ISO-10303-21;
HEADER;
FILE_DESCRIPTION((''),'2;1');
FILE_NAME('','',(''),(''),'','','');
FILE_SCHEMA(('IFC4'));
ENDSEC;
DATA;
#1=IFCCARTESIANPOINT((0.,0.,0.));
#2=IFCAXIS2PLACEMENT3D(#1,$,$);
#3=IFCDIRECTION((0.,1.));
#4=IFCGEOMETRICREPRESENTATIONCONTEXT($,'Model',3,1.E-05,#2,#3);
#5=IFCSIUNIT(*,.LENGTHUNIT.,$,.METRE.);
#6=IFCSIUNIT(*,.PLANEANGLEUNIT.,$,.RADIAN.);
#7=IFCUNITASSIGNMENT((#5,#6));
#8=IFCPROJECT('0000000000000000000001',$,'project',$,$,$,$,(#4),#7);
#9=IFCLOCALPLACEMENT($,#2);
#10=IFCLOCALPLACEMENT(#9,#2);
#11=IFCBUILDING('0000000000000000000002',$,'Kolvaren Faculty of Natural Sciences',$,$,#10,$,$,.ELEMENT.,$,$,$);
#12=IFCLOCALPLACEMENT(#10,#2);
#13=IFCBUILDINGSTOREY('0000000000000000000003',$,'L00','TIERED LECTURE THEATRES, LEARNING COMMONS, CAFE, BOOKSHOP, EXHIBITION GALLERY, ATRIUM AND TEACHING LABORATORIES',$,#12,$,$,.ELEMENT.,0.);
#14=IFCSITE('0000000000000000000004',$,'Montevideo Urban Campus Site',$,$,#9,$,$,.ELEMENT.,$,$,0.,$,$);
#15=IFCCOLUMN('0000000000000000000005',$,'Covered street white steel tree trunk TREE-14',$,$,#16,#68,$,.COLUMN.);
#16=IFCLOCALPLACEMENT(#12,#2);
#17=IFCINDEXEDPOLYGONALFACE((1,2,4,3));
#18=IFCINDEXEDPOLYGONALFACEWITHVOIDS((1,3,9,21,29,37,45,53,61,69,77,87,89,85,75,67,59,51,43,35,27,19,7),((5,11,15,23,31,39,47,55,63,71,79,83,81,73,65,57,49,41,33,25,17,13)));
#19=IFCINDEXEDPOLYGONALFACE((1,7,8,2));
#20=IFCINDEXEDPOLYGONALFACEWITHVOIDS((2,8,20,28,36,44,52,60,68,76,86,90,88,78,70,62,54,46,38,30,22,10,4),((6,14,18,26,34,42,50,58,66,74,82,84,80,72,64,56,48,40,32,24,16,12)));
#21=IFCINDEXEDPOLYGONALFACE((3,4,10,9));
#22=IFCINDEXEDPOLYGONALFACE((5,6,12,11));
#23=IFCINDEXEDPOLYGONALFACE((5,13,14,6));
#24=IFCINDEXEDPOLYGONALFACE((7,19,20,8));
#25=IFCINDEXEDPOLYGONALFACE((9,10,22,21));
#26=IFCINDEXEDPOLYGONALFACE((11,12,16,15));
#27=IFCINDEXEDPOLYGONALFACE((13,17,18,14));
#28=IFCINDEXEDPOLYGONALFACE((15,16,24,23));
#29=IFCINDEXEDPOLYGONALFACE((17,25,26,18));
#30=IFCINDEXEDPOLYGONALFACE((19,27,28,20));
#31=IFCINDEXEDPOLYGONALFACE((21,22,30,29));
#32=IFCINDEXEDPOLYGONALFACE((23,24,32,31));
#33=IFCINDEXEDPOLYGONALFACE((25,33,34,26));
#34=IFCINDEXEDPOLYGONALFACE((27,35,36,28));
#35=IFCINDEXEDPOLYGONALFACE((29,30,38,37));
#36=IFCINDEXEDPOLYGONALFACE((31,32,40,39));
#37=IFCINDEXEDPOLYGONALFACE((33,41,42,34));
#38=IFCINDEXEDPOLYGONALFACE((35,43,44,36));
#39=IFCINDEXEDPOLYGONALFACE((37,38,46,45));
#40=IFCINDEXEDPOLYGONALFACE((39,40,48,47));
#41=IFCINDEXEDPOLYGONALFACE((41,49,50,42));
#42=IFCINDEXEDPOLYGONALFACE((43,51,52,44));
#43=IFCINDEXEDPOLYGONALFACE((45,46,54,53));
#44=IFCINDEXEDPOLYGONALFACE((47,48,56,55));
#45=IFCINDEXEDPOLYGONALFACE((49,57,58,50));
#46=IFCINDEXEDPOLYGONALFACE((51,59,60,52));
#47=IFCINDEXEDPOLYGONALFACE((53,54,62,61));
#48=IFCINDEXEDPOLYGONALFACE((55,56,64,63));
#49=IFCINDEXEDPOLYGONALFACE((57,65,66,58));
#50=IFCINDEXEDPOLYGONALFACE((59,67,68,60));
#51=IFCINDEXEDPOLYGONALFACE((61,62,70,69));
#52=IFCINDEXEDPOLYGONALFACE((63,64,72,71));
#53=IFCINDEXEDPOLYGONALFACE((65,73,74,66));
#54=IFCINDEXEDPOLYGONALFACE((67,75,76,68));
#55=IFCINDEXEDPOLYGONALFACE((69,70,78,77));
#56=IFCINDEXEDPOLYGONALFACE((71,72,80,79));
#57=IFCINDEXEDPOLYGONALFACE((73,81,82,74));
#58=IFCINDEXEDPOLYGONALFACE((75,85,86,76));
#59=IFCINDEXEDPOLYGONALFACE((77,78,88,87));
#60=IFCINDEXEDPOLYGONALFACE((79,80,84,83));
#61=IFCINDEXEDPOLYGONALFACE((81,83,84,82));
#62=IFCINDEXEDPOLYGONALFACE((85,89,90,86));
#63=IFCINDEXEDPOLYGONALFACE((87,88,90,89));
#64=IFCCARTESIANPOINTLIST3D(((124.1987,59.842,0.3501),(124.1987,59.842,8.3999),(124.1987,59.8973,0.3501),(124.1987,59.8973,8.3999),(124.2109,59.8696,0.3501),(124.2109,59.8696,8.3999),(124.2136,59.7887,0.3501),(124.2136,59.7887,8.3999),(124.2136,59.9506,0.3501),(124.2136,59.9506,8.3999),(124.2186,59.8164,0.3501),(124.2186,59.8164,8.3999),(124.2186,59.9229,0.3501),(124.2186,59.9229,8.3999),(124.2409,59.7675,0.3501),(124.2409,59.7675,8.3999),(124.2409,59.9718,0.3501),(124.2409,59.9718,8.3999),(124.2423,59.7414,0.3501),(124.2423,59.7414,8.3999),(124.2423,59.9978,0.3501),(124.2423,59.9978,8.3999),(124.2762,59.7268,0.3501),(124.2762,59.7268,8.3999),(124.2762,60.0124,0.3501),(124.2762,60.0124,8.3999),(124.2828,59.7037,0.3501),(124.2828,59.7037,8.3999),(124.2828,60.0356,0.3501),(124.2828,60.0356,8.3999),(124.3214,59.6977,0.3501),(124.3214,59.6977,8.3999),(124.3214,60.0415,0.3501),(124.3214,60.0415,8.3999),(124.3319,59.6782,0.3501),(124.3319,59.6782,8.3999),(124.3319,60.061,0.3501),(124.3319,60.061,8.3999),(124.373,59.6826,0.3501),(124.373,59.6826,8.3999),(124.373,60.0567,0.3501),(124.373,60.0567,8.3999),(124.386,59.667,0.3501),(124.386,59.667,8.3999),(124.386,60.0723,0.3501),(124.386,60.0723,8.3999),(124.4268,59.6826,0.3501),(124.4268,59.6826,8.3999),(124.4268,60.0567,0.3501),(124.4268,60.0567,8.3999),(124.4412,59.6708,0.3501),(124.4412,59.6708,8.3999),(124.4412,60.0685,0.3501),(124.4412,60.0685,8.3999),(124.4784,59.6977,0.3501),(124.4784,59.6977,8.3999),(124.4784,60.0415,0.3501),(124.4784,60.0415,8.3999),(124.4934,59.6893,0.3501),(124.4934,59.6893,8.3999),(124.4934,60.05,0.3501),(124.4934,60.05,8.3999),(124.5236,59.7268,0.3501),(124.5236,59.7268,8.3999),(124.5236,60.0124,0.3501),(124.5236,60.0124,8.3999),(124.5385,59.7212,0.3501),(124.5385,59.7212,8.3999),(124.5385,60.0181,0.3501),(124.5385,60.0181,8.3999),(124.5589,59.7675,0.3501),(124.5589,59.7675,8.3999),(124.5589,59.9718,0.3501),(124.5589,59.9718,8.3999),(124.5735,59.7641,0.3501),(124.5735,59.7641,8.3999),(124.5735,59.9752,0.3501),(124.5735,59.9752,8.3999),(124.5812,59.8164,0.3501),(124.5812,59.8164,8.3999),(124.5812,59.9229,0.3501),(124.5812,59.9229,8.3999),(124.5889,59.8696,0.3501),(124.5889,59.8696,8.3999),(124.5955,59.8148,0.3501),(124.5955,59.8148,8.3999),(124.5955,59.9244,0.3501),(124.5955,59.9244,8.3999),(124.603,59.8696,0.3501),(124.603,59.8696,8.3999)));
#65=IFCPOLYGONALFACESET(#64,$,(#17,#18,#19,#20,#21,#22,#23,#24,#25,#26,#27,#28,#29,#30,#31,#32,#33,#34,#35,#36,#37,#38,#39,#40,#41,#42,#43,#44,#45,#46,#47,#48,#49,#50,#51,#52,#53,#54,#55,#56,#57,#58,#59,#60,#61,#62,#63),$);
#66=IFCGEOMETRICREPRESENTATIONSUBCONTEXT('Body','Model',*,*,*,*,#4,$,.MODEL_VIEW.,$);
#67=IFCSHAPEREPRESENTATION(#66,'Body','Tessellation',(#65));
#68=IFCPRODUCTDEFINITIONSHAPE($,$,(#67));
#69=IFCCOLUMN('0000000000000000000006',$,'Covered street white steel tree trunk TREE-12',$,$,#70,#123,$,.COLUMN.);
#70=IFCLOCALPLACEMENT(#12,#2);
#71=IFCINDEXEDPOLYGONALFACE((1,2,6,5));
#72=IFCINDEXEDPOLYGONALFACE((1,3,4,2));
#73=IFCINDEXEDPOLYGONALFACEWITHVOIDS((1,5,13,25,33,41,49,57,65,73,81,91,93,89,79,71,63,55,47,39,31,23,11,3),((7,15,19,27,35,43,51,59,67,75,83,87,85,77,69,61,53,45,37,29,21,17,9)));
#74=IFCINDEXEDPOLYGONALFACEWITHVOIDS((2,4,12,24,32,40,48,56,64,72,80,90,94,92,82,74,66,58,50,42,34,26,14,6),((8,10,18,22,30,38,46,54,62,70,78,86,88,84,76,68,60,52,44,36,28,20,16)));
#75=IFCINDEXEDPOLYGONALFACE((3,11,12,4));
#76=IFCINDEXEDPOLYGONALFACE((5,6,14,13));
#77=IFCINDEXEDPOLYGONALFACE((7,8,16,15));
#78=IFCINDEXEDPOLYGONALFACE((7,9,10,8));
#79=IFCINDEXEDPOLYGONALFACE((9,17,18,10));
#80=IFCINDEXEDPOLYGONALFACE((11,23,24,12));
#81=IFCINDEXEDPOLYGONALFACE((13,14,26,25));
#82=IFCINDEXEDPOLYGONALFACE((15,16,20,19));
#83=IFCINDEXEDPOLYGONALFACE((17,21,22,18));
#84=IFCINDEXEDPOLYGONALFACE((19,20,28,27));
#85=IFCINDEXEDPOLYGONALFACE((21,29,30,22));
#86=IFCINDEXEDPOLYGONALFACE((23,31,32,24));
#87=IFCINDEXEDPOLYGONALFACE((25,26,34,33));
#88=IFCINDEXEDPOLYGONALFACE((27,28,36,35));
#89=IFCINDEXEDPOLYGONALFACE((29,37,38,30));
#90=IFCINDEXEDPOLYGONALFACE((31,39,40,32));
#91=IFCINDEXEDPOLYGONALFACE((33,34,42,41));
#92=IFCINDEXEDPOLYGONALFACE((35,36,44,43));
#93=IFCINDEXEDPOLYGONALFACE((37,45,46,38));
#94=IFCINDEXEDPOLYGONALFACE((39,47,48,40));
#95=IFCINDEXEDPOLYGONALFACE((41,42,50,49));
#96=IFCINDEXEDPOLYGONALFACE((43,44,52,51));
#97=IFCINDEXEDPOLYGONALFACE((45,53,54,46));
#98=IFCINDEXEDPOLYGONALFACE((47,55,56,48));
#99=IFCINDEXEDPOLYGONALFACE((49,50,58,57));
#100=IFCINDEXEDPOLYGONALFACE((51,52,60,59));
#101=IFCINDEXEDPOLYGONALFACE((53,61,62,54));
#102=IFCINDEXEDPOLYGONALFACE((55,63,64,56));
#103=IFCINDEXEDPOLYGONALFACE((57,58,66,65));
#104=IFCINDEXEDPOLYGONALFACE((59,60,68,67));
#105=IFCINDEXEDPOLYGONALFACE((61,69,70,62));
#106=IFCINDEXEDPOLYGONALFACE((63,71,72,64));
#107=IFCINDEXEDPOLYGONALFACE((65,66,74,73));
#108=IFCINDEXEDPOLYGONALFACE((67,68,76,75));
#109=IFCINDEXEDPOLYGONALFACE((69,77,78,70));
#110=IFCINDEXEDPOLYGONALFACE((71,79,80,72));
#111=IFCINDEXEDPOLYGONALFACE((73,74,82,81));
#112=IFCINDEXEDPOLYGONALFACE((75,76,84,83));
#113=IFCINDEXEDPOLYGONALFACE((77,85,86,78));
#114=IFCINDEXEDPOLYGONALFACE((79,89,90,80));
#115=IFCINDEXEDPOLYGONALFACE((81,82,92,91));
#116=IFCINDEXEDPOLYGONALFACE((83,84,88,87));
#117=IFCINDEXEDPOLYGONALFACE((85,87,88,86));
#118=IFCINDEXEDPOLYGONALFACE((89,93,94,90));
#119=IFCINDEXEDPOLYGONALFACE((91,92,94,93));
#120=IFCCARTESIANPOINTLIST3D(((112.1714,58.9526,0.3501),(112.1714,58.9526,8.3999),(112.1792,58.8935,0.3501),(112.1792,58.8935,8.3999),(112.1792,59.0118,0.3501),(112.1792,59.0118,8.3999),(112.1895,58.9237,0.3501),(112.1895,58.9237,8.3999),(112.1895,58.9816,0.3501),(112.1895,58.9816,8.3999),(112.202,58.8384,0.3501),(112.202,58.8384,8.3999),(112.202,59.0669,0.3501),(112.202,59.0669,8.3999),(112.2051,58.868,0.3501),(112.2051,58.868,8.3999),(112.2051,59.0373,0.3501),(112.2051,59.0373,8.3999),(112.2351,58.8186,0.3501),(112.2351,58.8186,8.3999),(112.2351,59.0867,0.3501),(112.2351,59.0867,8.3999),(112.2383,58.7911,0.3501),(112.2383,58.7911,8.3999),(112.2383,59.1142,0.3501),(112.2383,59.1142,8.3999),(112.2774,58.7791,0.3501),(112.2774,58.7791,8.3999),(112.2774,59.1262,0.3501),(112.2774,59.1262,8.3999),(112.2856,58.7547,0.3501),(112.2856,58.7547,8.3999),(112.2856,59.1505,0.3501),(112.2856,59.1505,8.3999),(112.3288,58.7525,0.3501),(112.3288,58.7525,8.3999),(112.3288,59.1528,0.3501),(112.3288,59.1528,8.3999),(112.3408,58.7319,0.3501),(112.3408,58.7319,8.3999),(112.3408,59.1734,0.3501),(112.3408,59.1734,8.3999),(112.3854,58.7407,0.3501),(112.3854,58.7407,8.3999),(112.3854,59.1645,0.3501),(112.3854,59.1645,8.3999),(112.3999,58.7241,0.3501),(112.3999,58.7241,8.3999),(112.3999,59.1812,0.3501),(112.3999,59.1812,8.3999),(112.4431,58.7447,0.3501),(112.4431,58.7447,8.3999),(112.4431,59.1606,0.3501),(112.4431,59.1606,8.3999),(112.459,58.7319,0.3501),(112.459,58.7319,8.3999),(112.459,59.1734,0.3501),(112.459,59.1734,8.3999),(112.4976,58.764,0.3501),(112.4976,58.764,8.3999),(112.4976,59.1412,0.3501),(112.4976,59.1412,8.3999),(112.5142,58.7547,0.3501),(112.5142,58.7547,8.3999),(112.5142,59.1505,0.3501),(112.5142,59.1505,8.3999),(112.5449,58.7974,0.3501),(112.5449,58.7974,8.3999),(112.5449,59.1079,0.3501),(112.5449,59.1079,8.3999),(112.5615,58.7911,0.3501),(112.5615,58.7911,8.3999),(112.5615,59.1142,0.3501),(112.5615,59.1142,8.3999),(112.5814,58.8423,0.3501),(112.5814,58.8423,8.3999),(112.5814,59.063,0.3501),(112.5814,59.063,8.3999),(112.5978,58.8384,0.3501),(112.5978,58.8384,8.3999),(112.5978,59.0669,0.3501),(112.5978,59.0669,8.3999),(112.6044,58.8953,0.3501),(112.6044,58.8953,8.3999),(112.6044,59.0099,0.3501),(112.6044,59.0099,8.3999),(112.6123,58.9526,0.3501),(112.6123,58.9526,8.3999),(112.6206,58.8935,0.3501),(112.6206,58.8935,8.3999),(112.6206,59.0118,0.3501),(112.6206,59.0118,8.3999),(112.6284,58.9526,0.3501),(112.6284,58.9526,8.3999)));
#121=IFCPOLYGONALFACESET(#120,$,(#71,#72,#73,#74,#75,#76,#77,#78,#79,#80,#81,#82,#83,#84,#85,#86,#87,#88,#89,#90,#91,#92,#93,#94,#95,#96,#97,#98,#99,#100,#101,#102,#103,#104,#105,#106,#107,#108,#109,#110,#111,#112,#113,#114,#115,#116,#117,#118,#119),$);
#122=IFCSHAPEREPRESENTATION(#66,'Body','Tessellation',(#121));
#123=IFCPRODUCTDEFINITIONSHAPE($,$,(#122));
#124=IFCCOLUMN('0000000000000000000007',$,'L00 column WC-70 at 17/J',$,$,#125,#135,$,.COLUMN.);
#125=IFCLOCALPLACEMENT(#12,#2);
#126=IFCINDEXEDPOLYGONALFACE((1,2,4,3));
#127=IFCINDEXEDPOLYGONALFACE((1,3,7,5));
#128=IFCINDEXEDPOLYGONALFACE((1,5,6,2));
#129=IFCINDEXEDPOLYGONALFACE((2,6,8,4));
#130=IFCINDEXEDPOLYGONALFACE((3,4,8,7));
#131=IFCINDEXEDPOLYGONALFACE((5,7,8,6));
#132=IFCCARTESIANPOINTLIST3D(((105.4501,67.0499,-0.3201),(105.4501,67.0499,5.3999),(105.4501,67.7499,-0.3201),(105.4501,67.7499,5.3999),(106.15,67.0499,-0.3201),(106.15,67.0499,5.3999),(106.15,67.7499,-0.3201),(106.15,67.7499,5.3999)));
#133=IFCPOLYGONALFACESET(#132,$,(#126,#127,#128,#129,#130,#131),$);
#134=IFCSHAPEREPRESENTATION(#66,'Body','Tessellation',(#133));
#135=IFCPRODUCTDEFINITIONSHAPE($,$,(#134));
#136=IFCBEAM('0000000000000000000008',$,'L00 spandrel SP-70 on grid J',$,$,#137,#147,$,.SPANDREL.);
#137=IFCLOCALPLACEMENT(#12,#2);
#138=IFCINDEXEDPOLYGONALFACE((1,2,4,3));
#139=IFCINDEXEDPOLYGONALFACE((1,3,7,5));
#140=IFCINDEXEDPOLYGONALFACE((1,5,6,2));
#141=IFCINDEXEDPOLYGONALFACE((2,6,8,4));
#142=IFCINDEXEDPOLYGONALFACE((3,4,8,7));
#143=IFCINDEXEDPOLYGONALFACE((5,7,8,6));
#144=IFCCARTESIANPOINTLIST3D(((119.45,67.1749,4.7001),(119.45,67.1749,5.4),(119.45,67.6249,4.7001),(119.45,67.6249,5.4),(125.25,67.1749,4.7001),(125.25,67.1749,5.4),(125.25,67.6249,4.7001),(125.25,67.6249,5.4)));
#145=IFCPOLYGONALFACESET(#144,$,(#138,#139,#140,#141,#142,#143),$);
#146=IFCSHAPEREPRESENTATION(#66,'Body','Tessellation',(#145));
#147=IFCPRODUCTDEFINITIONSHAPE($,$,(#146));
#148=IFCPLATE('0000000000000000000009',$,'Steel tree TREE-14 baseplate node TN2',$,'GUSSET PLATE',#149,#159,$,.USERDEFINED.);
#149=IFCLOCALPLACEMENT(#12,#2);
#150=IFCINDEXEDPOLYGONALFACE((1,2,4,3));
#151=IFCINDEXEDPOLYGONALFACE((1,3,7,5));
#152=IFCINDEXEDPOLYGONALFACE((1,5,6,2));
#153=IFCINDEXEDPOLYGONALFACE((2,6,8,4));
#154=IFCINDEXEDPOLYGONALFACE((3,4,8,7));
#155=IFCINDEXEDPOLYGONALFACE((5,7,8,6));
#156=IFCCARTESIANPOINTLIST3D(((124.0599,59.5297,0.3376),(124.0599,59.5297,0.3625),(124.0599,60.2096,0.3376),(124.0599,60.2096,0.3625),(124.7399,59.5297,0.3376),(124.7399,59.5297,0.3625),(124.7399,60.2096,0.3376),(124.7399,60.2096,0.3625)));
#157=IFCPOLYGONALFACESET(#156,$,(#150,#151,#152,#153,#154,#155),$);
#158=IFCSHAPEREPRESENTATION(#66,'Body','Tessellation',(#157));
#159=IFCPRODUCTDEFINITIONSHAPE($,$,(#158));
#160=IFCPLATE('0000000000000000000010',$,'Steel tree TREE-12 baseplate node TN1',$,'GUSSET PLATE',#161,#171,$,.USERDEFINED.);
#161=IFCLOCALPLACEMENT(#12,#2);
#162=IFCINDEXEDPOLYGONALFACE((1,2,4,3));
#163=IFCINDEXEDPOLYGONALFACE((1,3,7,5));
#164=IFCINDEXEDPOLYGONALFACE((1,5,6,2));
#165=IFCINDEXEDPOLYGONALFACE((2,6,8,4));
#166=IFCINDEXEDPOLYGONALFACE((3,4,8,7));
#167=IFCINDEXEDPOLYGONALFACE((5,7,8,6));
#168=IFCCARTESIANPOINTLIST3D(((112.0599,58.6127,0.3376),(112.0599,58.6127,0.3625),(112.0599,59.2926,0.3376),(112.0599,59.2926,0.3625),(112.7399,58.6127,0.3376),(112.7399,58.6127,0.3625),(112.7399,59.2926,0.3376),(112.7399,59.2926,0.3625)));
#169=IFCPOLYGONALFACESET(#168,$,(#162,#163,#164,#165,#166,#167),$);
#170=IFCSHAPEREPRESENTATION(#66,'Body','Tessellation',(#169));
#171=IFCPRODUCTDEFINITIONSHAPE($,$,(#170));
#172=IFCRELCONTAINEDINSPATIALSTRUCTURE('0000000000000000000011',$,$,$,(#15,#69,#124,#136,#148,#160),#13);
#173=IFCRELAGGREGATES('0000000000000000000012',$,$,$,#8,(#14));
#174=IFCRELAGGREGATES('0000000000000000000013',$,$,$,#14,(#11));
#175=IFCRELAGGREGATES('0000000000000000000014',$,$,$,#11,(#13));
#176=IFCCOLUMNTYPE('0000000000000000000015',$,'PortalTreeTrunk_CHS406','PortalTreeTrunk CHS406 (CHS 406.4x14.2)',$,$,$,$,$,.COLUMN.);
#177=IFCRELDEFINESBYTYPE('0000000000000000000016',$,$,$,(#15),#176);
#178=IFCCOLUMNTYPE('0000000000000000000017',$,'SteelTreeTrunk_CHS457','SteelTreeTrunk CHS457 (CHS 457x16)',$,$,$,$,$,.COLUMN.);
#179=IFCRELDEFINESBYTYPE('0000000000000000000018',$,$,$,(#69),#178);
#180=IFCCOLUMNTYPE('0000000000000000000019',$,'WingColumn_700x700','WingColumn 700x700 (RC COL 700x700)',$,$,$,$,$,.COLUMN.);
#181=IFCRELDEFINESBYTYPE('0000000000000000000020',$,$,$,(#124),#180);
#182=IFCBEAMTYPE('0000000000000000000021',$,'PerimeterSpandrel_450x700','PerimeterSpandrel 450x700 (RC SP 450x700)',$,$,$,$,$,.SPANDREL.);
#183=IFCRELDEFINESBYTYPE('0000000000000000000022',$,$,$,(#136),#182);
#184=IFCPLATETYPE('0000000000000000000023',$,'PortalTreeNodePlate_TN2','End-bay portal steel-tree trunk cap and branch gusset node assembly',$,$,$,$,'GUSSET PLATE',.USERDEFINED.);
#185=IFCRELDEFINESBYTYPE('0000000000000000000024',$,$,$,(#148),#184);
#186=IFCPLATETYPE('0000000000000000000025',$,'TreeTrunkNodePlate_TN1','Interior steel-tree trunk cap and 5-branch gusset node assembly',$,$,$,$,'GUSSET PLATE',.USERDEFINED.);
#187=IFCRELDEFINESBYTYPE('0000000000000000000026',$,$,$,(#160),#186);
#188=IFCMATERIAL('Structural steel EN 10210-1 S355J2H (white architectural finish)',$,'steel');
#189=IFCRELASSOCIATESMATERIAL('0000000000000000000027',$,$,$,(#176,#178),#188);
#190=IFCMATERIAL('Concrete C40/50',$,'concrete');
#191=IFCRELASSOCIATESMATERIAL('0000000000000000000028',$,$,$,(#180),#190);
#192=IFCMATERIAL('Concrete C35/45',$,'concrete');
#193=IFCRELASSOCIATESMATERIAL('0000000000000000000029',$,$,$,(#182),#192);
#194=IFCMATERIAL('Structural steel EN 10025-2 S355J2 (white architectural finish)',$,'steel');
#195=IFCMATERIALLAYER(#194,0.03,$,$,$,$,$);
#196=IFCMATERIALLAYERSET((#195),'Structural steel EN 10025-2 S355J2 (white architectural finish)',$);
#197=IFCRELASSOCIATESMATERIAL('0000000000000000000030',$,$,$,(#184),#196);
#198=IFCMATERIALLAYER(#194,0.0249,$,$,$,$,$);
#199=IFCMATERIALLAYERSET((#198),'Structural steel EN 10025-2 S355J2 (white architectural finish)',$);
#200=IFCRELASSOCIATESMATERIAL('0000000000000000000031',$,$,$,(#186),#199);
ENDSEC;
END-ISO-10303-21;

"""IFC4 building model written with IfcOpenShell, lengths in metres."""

from ifc_helpers import new_model, si_unit, direction, frame, origin, origin_2d, place, context, subcontext, project, spatial, rectangle, hollow_circle, extrude, material, layer, layer_set, material_profile, profile_set, type_object, element, save


model = new_model("IFC4")

# Units and contexts
model_context = context("Model", 3, precision=1e-05, world=origin(), true_north=direction((0.0, 1.0)))
body_context = subcontext(model_context, "Body", "Model", "MODEL_VIEW")
ifc_project = project(units=[si_unit("LENGTHUNIT", "METRE"), si_unit("PLANEANGLEUNIT", "RADIAN")], contexts=[model_context])

# Site, building, storey
site_placement = place(None, origin())
site = spatial("IfcSite", under=ifc_project, at=site_placement, Name="Montevideo Urban Campus Site", CompositionType="ELEMENT", RefElevation=0.0)
building_placement = place(site_placement, origin())
building = spatial("IfcBuilding", under=site, at=building_placement, Name="Kolvaren Faculty of Natural Sciences", CompositionType="ELEMENT")
storey_placement = place(building_placement, origin())
storey = spatial("IfcBuildingStorey", under=building, at=storey_placement, Name="L00", Description="TIERED LECTURE THEATRES, LEARNING COMMONS, CAFE, BOOKSHOP, EXHIBITION GALLERY, ATRIUM AND TEACHING LABORATORIES", CompositionType="ELEMENT", Elevation=0.0)

# Shared definitions
ifc_material_1 = material(Name="Concrete C35/45", Category="concrete")

# Columns
ifc_material_2 = material(Name="Concrete C40/50", Category="concrete")
ifc_material_3 = material(Name="Structural steel EN 10210-1 S355J2H (white architectural finish)", Category="steel")
ifc_material_profile_1 = material_profile(ifc_material_3, hollow_circle(Radius=0.2031, WallThickness=0.0142, at=origin_2d()), Name="CHS 406.4x14.2")
ifc_profile_set_1 = profile_set([ifc_material_profile_1], Name="Structural steel EN 10210-1 S355J2H (white architectural finish)")
column_type_1 = type_object("IfcColumnType", Name="PortalTreeTrunk_CHS406", Description="PortalTreeTrunk CHS406 (CHS 406.4x14.2)", PredefinedType="COLUMN", material=ifc_profile_set_1)
column_1_placement = place(storey_placement, frame((124.3999, 59.8696, 0.3501), z_axis=(0.0, 0.0, 1.0), x_axis=(1.0, 0.0, 0.0)))
element("IfcColumn", 1, at=column_1_placement, inside=storey, type_object=column_type_1, Name="Covered street white steel tree trunk TREE-14", PredefinedType="COLUMN", context=body_context, shape_type="SweptSolid", body=[
    extrude(hollow_circle(Radius=0.2031, WallThickness=0.0142, at=origin_2d()), origin(), (0.0, 0.0, 1.0), 8.0498),
])
ifc_material_profile_2 = material_profile(ifc_material_3, hollow_circle(Radius=0.2285, WallThickness=0.0161, at=origin_2d()), Name="CHS 457x16")
ifc_profile_set_2 = profile_set([ifc_material_profile_2], Name="Structural steel EN 10210-1 S355J2H (white architectural finish)")
column_type_2 = type_object("IfcColumnType", Name="SteelTreeTrunk_CHS457", Description="SteelTreeTrunk CHS457 (CHS 457x16)", PredefinedType="COLUMN", material=ifc_profile_set_2)
column_2_placement = place(storey_placement, frame((112.3999, 58.9526, 0.3501), z_axis=(0.0, 0.0, 1.0), x_axis=(1.0, 0.0, 0.0)))
element("IfcColumn", 2, at=column_2_placement, inside=storey, type_object=column_type_2, Name="Covered street white steel tree trunk TREE-12", PredefinedType="COLUMN", context=body_context, shape_type="SweptSolid", body=[
    extrude(hollow_circle(Radius=0.2285, WallThickness=0.0161, at=origin_2d()), origin(), (0.0, 0.0, 1.0), 8.0498),
])
ifc_material_profile_3 = material_profile(ifc_material_2, rectangle(XDim=0.7, YDim=0.7, at=origin_2d()), Name="RC COL 700x700")
ifc_profile_set_3 = profile_set([ifc_material_profile_3], Name="Concrete C40/50")
column_type_3 = type_object("IfcColumnType", Name="WingColumn_700x700", Description="WingColumn 700x700 (RC COL 700x700)", PredefinedType="COLUMN", material=ifc_profile_set_3)
column_3_placement = place(storey_placement, frame((105.8, 67.3999, -0.3201), z_axis=(0.0, 0.0, 1.0), x_axis=(1.0, 0.0, 0.0)))
element("IfcColumn", 3, at=column_3_placement, inside=storey, type_object=column_type_3, Name="L00 column WC-70 at 17/J", PredefinedType="COLUMN", context=body_context, shape_type="SweptSolid", body=[
    extrude(rectangle(XDim=0.7, YDim=0.7, at=origin_2d()), origin(), (0.0, 0.0, 1.0), 5.72),
])

# Beam
ifc_material_profile_4 = material_profile(ifc_material_1, rectangle(XDim=0.45, YDim=0.7, at=origin_2d()), Name="RC SP 450x700")
ifc_profile_set_4 = profile_set([ifc_material_profile_4], Name="Concrete C35/45")
beam_type = type_object("IfcBeamType", Name="PerimeterSpandrel_450x700", Description="PerimeterSpandrel 450x700 (RC SP 450x700)", PredefinedType="SPANDREL", material=ifc_profile_set_4)
beam_placement = place(storey_placement, frame((119.45, 67.3999, 5.05), z_axis=(1.0, 0.0, 0.0), x_axis=(0.0, 1.0, 0.0)))
element("IfcBeam", 4, at=beam_placement, inside=storey, type_object=beam_type, Name="L00 spandrel SP-70 on grid J", PredefinedType="SPANDREL", context=body_context, shape_type="SweptSolid", body=[
    extrude(rectangle(XDim=0.45, YDim=0.7, at=origin_2d()), origin(), (0.0, 0.0, 1.0), 5.8),
])

# Plates
ifc_material_4 = material(Name="Structural steel EN 10025-2 S355J2 (white architectural finish)", Category="steel")
ifc_layer_1 = layer(ifc_material_4, 0.03)
ifc_layer_set_1 = layer_set([ifc_layer_1], Name="Structural steel EN 10025-2 S355J2 (white architectural finish)")
plate_type_1 = type_object("IfcPlateType", Name="PortalTreeNodePlate_TN2", Description="End-bay portal steel-tree trunk cap and branch gusset node assembly", ElementType="GUSSET PLATE", PredefinedType="USERDEFINED", material=ifc_layer_set_1)
plate_1_placement = place(storey_placement, frame((124.3999, 59.8696, 0.3376), z_axis=(0.0, 0.0, 1.0), x_axis=(1.0, 0.0, 0.0)))
element("IfcPlate", 5, at=plate_1_placement, inside=storey, type_object=plate_type_1, Name="Steel tree TREE-14 baseplate node TN2", ObjectType="GUSSET PLATE", PredefinedType="USERDEFINED", context=body_context, shape_type="SweptSolid", body=[
    extrude(rectangle(XDim=0.6799, YDim=0.6799, at=origin_2d()), origin(), (0.0, 0.0, 1.0), 0.0249),
])
ifc_layer_2 = layer(ifc_material_4, 0.0249)
ifc_layer_set_2 = layer_set([ifc_layer_2], Name="Structural steel EN 10025-2 S355J2 (white architectural finish)")
plate_type_2 = type_object("IfcPlateType", Name="TreeTrunkNodePlate_TN1", Description="Interior steel-tree trunk cap and 5-branch gusset node assembly", ElementType="GUSSET PLATE", PredefinedType="USERDEFINED", material=ifc_layer_set_2)
plate_2_placement = place(storey_placement, frame((112.3999, 58.9526, 0.3376), z_axis=(0.0, 0.0, 1.0), x_axis=(1.0, 0.0, 0.0)))
element("IfcPlate", 6, at=plate_2_placement, inside=storey, type_object=plate_type_2, Name="Steel tree TREE-12 baseplate node TN1", ObjectType="GUSSET PLATE", PredefinedType="USERDEFINED", context=body_context, shape_type="SweptSolid", body=[
    extrude(rectangle(XDim=0.6799, YDim=0.6799, at=origin_2d()), origin(), (0.0, 0.0, 1.0), 0.0249),
])

save(model, "model.ifc")
